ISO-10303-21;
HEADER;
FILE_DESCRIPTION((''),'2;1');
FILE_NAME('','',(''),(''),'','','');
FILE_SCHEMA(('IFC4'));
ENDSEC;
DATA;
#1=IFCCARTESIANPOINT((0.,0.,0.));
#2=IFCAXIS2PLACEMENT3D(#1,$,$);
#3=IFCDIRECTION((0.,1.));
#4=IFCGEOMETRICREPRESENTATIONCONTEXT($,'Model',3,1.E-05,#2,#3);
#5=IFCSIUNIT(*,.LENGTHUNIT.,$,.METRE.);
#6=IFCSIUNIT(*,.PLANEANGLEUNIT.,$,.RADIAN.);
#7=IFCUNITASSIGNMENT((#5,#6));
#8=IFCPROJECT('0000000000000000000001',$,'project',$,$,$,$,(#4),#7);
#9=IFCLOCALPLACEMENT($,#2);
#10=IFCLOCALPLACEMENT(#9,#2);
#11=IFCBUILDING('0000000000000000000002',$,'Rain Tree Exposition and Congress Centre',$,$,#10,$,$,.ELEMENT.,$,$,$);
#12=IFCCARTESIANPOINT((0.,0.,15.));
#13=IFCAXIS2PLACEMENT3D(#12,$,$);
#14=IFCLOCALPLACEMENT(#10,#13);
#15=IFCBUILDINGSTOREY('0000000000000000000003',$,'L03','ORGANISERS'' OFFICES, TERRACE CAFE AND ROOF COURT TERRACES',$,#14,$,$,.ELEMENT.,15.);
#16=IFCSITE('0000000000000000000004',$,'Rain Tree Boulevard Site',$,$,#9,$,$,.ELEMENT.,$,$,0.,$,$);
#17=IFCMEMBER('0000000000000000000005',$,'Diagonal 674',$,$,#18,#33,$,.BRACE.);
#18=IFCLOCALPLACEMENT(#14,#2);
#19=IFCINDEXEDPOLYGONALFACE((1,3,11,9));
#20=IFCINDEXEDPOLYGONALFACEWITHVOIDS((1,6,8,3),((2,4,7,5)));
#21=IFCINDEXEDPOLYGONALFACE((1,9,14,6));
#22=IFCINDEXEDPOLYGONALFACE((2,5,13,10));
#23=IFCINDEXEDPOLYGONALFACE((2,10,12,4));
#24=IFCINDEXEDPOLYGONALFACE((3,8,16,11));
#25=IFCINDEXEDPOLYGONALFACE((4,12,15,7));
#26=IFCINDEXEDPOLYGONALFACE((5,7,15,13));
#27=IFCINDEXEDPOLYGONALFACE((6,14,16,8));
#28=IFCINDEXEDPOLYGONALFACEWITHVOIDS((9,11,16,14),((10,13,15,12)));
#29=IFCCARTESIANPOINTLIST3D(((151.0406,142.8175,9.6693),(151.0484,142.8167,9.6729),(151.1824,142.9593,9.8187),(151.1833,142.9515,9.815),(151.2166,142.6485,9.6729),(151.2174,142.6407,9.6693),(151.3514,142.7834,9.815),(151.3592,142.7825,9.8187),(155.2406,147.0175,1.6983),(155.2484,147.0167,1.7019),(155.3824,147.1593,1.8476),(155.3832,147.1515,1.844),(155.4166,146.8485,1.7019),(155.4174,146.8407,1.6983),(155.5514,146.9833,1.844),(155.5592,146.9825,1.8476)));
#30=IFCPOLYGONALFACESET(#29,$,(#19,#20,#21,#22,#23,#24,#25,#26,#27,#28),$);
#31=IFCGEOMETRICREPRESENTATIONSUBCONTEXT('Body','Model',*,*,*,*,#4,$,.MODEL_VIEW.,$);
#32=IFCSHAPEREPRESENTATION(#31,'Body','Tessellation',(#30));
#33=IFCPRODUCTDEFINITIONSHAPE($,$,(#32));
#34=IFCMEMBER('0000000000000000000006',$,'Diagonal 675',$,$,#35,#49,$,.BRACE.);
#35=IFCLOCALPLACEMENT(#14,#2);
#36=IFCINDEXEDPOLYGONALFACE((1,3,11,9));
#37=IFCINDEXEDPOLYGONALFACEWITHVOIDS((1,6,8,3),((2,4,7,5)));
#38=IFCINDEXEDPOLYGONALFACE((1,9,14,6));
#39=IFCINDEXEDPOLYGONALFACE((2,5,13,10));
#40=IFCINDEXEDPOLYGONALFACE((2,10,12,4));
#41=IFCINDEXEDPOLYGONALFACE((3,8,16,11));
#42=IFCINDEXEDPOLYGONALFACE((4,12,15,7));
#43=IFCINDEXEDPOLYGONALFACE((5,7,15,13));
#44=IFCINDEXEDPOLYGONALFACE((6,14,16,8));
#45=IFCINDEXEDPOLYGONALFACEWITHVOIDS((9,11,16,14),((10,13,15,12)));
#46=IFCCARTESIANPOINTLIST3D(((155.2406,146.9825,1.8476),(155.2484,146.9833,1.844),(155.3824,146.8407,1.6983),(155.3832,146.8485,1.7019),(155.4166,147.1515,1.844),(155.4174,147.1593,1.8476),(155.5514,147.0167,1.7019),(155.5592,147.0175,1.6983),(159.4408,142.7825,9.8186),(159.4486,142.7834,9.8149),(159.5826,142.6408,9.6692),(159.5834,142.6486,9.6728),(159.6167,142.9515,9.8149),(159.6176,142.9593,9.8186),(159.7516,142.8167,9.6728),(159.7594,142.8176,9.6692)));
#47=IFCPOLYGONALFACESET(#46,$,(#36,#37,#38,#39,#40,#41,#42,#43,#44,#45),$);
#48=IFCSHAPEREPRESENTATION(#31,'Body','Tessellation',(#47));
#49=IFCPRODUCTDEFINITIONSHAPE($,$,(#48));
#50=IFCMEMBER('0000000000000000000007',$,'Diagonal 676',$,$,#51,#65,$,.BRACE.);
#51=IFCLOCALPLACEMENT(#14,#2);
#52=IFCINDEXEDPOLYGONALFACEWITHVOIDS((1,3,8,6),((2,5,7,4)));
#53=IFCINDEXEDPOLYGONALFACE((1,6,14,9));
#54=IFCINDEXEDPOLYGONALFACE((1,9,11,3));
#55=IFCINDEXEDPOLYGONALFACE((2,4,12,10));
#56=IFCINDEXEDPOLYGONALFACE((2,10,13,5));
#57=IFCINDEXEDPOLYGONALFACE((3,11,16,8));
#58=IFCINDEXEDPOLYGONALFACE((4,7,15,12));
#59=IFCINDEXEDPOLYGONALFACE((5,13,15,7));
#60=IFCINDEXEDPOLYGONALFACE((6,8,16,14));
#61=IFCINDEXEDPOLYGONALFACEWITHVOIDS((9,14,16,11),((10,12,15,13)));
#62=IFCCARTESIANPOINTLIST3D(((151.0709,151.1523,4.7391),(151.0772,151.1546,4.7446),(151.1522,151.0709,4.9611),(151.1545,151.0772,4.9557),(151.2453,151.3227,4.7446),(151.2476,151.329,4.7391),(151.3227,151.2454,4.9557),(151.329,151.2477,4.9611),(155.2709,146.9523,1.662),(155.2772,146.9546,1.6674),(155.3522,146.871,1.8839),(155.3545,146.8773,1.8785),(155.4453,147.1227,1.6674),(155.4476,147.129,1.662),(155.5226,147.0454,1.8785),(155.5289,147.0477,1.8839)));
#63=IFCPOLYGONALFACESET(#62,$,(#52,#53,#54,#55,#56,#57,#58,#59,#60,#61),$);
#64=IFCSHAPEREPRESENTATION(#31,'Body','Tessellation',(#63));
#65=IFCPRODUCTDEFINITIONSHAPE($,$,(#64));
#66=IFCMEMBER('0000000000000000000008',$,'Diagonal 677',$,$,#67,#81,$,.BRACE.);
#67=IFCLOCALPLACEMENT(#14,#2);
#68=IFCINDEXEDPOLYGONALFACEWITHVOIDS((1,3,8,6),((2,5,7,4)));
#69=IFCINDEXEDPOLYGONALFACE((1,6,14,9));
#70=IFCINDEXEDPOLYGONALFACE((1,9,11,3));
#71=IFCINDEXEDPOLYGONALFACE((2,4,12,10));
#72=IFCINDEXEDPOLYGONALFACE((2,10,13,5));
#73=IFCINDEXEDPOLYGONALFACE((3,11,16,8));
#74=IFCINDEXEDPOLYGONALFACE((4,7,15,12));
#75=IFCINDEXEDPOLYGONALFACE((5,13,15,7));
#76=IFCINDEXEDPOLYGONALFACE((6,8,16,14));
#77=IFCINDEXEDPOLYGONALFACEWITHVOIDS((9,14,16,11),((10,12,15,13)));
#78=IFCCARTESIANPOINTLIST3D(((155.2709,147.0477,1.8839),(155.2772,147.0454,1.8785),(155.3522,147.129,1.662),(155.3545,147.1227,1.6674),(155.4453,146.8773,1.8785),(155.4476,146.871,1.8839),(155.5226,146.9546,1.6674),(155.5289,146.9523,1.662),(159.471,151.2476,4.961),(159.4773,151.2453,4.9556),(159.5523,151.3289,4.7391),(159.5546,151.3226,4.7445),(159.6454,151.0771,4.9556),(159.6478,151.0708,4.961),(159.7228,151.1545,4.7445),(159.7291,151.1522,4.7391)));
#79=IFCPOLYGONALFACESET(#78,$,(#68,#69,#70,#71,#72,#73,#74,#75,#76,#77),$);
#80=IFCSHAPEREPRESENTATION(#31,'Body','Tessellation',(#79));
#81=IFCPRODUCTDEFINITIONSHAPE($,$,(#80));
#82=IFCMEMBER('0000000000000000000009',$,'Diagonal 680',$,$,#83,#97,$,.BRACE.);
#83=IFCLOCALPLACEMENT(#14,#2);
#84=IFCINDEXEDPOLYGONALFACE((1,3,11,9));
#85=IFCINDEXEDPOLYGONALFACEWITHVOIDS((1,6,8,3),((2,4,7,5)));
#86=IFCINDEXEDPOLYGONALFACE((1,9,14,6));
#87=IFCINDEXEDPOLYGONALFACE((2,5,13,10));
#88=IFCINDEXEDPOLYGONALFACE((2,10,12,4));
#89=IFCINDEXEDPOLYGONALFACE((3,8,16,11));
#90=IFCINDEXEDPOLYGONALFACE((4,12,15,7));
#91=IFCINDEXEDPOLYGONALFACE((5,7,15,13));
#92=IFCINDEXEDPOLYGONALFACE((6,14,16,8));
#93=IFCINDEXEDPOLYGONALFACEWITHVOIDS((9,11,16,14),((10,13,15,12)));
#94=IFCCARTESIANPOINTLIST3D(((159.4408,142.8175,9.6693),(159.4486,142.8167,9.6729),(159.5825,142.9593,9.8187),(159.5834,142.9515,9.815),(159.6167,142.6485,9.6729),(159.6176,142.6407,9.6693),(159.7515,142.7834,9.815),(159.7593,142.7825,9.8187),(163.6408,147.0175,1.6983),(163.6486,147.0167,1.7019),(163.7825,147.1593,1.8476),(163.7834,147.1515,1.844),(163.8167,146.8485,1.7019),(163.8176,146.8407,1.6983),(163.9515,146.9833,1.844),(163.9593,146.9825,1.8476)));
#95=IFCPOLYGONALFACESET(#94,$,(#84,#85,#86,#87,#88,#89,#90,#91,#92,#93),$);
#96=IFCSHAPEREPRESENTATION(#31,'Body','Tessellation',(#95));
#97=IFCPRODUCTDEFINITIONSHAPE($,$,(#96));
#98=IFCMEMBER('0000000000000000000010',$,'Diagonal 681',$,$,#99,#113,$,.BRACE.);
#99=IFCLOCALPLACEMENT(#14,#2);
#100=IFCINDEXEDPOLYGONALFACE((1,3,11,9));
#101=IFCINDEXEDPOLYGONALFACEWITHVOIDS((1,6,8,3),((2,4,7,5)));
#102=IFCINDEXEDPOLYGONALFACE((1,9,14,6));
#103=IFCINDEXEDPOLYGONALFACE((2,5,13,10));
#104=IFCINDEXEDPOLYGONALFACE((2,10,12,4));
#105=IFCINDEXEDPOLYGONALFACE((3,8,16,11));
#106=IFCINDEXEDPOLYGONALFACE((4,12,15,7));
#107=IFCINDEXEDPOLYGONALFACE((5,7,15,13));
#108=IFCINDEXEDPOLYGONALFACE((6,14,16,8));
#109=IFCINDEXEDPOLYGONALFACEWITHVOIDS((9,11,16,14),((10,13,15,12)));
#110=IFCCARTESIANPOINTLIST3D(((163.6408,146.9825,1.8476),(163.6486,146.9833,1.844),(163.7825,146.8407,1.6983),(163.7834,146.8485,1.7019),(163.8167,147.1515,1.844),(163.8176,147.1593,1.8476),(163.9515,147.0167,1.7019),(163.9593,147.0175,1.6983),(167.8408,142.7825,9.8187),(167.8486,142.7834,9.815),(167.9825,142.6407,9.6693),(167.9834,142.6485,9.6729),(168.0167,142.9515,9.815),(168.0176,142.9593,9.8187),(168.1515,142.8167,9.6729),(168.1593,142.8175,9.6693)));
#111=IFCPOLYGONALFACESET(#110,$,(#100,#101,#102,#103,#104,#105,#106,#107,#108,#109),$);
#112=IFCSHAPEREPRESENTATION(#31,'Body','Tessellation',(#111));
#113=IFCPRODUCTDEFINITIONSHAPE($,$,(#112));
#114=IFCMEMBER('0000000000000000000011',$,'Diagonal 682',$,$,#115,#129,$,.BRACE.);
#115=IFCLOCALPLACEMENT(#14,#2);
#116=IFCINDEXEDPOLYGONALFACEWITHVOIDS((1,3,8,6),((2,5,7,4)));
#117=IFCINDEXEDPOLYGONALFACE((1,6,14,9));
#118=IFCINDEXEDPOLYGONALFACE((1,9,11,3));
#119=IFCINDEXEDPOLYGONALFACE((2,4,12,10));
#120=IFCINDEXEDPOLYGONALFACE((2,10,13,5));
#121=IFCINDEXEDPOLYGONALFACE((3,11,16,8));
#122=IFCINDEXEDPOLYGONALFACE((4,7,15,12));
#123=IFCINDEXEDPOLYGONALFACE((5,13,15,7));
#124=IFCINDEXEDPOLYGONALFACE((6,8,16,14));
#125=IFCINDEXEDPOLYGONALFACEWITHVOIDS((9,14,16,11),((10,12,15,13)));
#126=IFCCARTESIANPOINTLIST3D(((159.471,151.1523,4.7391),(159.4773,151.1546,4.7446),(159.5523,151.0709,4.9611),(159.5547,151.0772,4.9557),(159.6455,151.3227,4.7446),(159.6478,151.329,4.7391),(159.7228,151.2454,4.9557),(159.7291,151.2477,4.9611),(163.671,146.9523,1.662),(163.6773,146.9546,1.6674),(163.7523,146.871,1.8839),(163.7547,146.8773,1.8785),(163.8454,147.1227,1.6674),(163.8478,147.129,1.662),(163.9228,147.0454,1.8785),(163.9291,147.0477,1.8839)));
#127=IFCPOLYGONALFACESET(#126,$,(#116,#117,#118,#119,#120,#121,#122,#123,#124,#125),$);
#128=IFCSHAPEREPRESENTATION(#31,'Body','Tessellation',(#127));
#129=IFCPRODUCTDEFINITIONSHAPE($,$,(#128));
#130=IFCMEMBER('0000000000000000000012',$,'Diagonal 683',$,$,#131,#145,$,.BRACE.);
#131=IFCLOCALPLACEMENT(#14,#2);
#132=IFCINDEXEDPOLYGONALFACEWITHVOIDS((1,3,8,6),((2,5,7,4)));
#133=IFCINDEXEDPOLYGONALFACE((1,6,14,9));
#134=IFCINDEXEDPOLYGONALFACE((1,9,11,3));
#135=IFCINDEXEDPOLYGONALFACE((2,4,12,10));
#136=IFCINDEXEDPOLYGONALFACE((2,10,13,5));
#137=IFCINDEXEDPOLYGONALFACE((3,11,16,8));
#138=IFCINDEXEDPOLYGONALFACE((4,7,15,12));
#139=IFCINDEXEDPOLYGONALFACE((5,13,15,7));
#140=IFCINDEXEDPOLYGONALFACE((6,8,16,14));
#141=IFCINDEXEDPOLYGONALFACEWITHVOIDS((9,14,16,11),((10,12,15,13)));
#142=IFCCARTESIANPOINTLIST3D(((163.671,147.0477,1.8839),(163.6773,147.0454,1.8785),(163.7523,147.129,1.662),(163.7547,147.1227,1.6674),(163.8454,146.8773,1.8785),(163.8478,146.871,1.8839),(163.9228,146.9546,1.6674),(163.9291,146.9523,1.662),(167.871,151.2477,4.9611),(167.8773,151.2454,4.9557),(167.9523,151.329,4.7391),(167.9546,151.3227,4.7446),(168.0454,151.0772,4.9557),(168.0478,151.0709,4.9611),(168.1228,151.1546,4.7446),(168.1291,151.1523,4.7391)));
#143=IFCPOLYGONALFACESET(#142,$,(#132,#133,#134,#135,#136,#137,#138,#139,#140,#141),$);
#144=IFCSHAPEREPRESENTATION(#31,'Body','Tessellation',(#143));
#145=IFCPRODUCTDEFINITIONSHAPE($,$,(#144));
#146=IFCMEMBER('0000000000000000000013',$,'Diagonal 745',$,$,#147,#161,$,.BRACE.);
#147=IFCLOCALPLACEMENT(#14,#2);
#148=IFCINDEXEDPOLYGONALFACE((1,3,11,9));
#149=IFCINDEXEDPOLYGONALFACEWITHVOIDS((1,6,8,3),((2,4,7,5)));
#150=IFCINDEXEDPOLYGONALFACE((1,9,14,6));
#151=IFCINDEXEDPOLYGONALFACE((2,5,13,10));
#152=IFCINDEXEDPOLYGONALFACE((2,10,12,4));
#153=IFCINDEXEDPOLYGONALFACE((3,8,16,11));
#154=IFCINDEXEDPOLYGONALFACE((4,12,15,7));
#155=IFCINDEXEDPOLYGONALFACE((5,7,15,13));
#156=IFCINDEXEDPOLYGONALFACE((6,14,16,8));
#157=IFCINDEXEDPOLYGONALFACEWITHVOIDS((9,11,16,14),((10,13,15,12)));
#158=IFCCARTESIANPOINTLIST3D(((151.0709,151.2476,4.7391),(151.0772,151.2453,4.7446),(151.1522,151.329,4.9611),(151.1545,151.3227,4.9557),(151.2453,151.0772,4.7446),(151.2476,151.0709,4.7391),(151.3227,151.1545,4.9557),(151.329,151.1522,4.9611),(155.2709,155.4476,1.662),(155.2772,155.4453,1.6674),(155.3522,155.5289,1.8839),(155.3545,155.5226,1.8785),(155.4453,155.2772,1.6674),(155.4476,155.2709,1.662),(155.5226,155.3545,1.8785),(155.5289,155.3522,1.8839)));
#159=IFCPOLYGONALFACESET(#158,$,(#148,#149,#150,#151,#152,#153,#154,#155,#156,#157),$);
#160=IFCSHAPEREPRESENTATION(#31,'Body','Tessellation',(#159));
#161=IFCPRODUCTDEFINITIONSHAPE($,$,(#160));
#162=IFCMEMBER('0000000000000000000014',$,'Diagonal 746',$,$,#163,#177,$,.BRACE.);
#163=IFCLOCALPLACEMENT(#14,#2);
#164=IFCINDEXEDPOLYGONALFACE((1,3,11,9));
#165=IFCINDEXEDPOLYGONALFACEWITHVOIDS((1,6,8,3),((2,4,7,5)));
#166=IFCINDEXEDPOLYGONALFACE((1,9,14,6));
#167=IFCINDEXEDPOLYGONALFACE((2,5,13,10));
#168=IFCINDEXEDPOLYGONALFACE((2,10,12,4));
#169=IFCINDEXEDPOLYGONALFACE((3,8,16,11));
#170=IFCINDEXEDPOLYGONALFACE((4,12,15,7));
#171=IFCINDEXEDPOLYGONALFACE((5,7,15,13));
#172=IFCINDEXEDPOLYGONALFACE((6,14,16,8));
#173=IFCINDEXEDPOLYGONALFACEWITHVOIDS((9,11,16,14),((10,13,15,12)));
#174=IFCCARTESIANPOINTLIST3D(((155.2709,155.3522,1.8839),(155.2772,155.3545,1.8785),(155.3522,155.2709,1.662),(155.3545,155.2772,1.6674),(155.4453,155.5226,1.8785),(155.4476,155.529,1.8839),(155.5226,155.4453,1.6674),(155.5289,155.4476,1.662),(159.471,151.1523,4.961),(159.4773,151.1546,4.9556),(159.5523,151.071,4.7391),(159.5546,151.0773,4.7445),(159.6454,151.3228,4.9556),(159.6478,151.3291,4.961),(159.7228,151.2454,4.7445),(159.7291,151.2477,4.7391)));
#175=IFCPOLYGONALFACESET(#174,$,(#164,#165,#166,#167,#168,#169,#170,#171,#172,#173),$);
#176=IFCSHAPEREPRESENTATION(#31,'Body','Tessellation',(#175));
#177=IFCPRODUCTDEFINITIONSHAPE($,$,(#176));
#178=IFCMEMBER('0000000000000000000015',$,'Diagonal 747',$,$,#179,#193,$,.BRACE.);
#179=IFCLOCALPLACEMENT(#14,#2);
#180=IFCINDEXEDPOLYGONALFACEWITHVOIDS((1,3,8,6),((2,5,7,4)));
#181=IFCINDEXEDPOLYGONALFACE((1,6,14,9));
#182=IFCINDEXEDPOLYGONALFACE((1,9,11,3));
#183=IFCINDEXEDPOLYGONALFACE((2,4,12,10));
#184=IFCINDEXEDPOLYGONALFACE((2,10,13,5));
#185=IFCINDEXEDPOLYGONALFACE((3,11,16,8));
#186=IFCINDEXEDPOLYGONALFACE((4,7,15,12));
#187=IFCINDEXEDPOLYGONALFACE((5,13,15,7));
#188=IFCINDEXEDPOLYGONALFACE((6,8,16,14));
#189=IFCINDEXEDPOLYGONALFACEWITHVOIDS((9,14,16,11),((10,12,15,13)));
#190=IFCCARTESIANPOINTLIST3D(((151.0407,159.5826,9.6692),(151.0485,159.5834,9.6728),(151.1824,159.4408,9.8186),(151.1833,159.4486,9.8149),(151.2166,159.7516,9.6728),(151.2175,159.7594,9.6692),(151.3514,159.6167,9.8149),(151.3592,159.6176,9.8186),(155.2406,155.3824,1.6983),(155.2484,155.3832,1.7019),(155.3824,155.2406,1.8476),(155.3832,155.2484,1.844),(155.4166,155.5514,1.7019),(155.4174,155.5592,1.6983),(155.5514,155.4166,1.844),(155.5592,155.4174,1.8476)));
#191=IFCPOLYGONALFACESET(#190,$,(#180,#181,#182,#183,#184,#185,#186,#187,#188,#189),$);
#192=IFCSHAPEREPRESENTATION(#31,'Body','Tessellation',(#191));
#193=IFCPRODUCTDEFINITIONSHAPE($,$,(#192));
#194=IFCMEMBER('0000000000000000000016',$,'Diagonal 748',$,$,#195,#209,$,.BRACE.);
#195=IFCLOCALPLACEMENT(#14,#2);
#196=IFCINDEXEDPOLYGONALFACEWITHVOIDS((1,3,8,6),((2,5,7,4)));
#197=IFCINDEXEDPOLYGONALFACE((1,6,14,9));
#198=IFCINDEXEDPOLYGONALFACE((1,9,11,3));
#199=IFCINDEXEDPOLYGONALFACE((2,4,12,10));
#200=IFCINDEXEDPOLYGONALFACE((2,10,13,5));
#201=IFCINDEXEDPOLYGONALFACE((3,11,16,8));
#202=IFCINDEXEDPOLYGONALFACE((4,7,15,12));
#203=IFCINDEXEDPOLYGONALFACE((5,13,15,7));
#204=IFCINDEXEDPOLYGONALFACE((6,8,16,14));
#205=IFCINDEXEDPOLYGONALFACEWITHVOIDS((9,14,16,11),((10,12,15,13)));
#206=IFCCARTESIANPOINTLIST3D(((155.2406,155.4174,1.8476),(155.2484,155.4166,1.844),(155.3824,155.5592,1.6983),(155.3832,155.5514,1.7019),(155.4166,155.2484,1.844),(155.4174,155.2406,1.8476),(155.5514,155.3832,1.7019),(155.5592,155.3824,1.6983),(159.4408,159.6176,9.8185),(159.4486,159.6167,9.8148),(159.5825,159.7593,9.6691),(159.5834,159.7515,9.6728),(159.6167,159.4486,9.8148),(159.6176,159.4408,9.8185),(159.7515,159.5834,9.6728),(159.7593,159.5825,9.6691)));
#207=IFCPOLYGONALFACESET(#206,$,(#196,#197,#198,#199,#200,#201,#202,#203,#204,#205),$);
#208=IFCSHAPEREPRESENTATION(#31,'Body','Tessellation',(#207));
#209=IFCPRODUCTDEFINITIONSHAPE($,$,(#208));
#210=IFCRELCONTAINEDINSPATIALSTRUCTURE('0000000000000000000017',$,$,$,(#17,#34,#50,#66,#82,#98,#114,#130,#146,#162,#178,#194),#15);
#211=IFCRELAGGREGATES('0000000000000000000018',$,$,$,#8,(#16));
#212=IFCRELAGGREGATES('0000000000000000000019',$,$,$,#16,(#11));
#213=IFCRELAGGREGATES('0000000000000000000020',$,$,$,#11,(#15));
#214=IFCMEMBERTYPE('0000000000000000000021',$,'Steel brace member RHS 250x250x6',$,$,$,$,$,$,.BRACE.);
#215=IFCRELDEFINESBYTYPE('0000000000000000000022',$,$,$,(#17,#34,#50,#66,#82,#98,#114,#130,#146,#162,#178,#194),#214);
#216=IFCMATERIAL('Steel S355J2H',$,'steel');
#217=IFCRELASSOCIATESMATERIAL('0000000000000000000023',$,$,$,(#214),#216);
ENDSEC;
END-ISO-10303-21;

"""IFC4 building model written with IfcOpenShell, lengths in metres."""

from ifc_helpers import new_model, si_unit, direction, frame, origin, origin_2d, place, context, subcontext, project, spatial, hollow_rectangle, extrude, material, material_profile, profile_set, type_object, element, save


model = new_model("IFC4")

# Units and contexts
model_context = context("Model", 3, precision=1e-05, world=origin(), true_north=direction((0.0, 1.0)))
body_context = subcontext(model_context, "Body", "Model", "MODEL_VIEW")
ifc_project = project(units=[si_unit("LENGTHUNIT", "METRE"), si_unit("PLANEANGLEUNIT", "RADIAN")], contexts=[model_context])

# Site, building, storey
site_placement = place(None, origin())
site = spatial("IfcSite", under=ifc_project, at=site_placement, Name="Rain Tree Boulevard Site", CompositionType="ELEMENT", RefElevation=0.0)
building_placement = place(site_placement, origin())
building = spatial("IfcBuilding", under=site, at=building_placement, Name="Rain Tree Exposition and Congress Centre", CompositionType="ELEMENT")
storey_placement = place(building_placement, frame((0.0, 0.0, 15.0)))
storey = spatial("IfcBuildingStorey", under=building, at=storey_placement, Name="L03", Description="ORGANISERS' OFFICES, TERRACE CAFE AND ROOF COURT TERRACES", CompositionType="ELEMENT", Elevation=15.0)

# Members
ifc_material_1 = material(Name="Steel S355J2H", Category="steel")
ifc_material_profile_1 = material_profile(ifc_material_1, hollow_rectangle(XDim=0.25, YDim=0.25, WallThickness=0.0061, at=origin_2d()), Name="RHS 250x250x6")
ifc_profile_set_1 = profile_set([ifc_material_profile_1], Name="Steel S355J2H")
member_type_1 = type_object("IfcMemberType", Name="Steel brace member RHS 250x250x6", PredefinedType="BRACE", material=ifc_profile_set_1)
for number, where, z_axis, x_axis, name in (
    (1, (155.3999, 147.0, 1.7729), (-0.422506, -0.422506, 0.801859), (0.707107, -0.707107, 0.0), "Diagonal 674"),
    (2, (155.3999, 147.0, 1.7729), (0.422526, -0.422501, 0.801851), (0.707086, 0.707127, 0.0), "Diagonal 675"),
):
    element("IfcMember", number, at=place(storey_placement, frame(where, z_axis=z_axis, x_axis=x_axis)), inside=storey, type_object=member_type_1, Name=name, PredefinedType="BRACE", context=body_context, shape_type="SweptSolid", body=[
        extrude(hollow_rectangle(XDim=0.25, YDim=0.25, WallThickness=0.0061, at=origin_2d()), origin(), (0.0, 0.0, 1.0), 9.9407),
    ])
for number, where, z_axis, x_axis, name in (
    (3, (155.3999, 147.0, 1.7729), (-0.627852, 0.627852, 0.460004), (-0.707107, -0.707107, 0.0), "Diagonal 676"),
    (4, (155.3999, 147.0, 1.7729), (0.627874, 0.627838, 0.459993), (-0.707086, 0.707127, 0.0), "Diagonal 677"),
):
    element("IfcMember", number, at=place(storey_placement, frame(where, z_axis=z_axis, x_axis=x_axis)), inside=storey, type_object=member_type_1, Name=name, PredefinedType="BRACE", context=body_context, shape_type="SweptSolid", body=[
        extrude(hollow_rectangle(XDim=0.25, YDim=0.25, WallThickness=0.0061, at=origin_2d()), origin(), (0.0, 0.0, 1.0), 6.6895),
    ])
for number, where, z_axis, x_axis, name in (
    (5, (163.8, 147.0, 1.7729), (-0.422506, -0.422506, 0.801859), (0.707107, -0.707107, 0.0), "Diagonal 680"),
    (6, (163.8, 147.0, 1.7729), (0.422506, -0.422506, 0.801859), (0.707107, 0.707107, 0.0), "Diagonal 681"),
):
    element("IfcMember", number, at=place(storey_placement, frame(where, z_axis=z_axis, x_axis=x_axis)), inside=storey, type_object=member_type_1, Name=name, PredefinedType="BRACE", context=body_context, shape_type="SweptSolid", body=[
        extrude(hollow_rectangle(XDim=0.25, YDim=0.25, WallThickness=0.0061, at=origin_2d()), origin(), (0.0, 0.0, 1.0), 9.9407),
    ])
for number, where, z_axis, x_axis, name in (
    (7, (163.8, 147.0, 1.7729), (-0.627852, 0.627852, 0.460004), (-0.707107, -0.707107, 0.0), "Diagonal 682"),
    (8, (163.8, 147.0, 1.7729), (0.627852, 0.627852, 0.460004), (-0.707107, 0.707107, 0.0), "Diagonal 683"),
    (9, (155.3999, 155.3999, 1.7729), (-0.627852, -0.627852, 0.460004), (0.707107, -0.707107, 0.0), "Diagonal 745"),
    (10, (155.3999, 155.3999, 1.7729), (0.627874, -0.627838, 0.459993), (0.707086, 0.707127, 0.0), "Diagonal 746"),
):
    element("IfcMember", number, at=place(storey_placement, frame(where, z_axis=z_axis, x_axis=x_axis)), inside=storey, type_object=member_type_1, Name=name, PredefinedType="BRACE", context=body_context, shape_type="SweptSolid", body=[
        extrude(hollow_rectangle(XDim=0.25, YDim=0.25, WallThickness=0.0061, at=origin_2d()), origin(), (0.0, 0.0, 1.0), 6.6895),
    ])
for number, where, z_axis, x_axis, name in (
    (11, (155.3999, 155.3999, 1.7729), (-0.422501, 0.422526, 0.801851), (-0.707127, -0.707086, 0.0), "Diagonal 747"),
    (12, (155.3999, 155.3999, 1.7729), (0.422521, 0.422521, 0.801843), (-0.707107, 0.707107, 0.0), "Diagonal 748"),
):
    element("IfcMember", number, at=place(storey_placement, frame(where, z_axis=z_axis, x_axis=x_axis)), inside=storey, type_object=member_type_1, Name=name, PredefinedType="BRACE", context=body_context, shape_type="SweptSolid", body=[
        extrude(hollow_rectangle(XDim=0.25, YDim=0.25, WallThickness=0.0061, at=origin_2d()), origin(), (0.0, 0.0, 1.0), 9.9407),
    ])

save(model, "model.ifc")
